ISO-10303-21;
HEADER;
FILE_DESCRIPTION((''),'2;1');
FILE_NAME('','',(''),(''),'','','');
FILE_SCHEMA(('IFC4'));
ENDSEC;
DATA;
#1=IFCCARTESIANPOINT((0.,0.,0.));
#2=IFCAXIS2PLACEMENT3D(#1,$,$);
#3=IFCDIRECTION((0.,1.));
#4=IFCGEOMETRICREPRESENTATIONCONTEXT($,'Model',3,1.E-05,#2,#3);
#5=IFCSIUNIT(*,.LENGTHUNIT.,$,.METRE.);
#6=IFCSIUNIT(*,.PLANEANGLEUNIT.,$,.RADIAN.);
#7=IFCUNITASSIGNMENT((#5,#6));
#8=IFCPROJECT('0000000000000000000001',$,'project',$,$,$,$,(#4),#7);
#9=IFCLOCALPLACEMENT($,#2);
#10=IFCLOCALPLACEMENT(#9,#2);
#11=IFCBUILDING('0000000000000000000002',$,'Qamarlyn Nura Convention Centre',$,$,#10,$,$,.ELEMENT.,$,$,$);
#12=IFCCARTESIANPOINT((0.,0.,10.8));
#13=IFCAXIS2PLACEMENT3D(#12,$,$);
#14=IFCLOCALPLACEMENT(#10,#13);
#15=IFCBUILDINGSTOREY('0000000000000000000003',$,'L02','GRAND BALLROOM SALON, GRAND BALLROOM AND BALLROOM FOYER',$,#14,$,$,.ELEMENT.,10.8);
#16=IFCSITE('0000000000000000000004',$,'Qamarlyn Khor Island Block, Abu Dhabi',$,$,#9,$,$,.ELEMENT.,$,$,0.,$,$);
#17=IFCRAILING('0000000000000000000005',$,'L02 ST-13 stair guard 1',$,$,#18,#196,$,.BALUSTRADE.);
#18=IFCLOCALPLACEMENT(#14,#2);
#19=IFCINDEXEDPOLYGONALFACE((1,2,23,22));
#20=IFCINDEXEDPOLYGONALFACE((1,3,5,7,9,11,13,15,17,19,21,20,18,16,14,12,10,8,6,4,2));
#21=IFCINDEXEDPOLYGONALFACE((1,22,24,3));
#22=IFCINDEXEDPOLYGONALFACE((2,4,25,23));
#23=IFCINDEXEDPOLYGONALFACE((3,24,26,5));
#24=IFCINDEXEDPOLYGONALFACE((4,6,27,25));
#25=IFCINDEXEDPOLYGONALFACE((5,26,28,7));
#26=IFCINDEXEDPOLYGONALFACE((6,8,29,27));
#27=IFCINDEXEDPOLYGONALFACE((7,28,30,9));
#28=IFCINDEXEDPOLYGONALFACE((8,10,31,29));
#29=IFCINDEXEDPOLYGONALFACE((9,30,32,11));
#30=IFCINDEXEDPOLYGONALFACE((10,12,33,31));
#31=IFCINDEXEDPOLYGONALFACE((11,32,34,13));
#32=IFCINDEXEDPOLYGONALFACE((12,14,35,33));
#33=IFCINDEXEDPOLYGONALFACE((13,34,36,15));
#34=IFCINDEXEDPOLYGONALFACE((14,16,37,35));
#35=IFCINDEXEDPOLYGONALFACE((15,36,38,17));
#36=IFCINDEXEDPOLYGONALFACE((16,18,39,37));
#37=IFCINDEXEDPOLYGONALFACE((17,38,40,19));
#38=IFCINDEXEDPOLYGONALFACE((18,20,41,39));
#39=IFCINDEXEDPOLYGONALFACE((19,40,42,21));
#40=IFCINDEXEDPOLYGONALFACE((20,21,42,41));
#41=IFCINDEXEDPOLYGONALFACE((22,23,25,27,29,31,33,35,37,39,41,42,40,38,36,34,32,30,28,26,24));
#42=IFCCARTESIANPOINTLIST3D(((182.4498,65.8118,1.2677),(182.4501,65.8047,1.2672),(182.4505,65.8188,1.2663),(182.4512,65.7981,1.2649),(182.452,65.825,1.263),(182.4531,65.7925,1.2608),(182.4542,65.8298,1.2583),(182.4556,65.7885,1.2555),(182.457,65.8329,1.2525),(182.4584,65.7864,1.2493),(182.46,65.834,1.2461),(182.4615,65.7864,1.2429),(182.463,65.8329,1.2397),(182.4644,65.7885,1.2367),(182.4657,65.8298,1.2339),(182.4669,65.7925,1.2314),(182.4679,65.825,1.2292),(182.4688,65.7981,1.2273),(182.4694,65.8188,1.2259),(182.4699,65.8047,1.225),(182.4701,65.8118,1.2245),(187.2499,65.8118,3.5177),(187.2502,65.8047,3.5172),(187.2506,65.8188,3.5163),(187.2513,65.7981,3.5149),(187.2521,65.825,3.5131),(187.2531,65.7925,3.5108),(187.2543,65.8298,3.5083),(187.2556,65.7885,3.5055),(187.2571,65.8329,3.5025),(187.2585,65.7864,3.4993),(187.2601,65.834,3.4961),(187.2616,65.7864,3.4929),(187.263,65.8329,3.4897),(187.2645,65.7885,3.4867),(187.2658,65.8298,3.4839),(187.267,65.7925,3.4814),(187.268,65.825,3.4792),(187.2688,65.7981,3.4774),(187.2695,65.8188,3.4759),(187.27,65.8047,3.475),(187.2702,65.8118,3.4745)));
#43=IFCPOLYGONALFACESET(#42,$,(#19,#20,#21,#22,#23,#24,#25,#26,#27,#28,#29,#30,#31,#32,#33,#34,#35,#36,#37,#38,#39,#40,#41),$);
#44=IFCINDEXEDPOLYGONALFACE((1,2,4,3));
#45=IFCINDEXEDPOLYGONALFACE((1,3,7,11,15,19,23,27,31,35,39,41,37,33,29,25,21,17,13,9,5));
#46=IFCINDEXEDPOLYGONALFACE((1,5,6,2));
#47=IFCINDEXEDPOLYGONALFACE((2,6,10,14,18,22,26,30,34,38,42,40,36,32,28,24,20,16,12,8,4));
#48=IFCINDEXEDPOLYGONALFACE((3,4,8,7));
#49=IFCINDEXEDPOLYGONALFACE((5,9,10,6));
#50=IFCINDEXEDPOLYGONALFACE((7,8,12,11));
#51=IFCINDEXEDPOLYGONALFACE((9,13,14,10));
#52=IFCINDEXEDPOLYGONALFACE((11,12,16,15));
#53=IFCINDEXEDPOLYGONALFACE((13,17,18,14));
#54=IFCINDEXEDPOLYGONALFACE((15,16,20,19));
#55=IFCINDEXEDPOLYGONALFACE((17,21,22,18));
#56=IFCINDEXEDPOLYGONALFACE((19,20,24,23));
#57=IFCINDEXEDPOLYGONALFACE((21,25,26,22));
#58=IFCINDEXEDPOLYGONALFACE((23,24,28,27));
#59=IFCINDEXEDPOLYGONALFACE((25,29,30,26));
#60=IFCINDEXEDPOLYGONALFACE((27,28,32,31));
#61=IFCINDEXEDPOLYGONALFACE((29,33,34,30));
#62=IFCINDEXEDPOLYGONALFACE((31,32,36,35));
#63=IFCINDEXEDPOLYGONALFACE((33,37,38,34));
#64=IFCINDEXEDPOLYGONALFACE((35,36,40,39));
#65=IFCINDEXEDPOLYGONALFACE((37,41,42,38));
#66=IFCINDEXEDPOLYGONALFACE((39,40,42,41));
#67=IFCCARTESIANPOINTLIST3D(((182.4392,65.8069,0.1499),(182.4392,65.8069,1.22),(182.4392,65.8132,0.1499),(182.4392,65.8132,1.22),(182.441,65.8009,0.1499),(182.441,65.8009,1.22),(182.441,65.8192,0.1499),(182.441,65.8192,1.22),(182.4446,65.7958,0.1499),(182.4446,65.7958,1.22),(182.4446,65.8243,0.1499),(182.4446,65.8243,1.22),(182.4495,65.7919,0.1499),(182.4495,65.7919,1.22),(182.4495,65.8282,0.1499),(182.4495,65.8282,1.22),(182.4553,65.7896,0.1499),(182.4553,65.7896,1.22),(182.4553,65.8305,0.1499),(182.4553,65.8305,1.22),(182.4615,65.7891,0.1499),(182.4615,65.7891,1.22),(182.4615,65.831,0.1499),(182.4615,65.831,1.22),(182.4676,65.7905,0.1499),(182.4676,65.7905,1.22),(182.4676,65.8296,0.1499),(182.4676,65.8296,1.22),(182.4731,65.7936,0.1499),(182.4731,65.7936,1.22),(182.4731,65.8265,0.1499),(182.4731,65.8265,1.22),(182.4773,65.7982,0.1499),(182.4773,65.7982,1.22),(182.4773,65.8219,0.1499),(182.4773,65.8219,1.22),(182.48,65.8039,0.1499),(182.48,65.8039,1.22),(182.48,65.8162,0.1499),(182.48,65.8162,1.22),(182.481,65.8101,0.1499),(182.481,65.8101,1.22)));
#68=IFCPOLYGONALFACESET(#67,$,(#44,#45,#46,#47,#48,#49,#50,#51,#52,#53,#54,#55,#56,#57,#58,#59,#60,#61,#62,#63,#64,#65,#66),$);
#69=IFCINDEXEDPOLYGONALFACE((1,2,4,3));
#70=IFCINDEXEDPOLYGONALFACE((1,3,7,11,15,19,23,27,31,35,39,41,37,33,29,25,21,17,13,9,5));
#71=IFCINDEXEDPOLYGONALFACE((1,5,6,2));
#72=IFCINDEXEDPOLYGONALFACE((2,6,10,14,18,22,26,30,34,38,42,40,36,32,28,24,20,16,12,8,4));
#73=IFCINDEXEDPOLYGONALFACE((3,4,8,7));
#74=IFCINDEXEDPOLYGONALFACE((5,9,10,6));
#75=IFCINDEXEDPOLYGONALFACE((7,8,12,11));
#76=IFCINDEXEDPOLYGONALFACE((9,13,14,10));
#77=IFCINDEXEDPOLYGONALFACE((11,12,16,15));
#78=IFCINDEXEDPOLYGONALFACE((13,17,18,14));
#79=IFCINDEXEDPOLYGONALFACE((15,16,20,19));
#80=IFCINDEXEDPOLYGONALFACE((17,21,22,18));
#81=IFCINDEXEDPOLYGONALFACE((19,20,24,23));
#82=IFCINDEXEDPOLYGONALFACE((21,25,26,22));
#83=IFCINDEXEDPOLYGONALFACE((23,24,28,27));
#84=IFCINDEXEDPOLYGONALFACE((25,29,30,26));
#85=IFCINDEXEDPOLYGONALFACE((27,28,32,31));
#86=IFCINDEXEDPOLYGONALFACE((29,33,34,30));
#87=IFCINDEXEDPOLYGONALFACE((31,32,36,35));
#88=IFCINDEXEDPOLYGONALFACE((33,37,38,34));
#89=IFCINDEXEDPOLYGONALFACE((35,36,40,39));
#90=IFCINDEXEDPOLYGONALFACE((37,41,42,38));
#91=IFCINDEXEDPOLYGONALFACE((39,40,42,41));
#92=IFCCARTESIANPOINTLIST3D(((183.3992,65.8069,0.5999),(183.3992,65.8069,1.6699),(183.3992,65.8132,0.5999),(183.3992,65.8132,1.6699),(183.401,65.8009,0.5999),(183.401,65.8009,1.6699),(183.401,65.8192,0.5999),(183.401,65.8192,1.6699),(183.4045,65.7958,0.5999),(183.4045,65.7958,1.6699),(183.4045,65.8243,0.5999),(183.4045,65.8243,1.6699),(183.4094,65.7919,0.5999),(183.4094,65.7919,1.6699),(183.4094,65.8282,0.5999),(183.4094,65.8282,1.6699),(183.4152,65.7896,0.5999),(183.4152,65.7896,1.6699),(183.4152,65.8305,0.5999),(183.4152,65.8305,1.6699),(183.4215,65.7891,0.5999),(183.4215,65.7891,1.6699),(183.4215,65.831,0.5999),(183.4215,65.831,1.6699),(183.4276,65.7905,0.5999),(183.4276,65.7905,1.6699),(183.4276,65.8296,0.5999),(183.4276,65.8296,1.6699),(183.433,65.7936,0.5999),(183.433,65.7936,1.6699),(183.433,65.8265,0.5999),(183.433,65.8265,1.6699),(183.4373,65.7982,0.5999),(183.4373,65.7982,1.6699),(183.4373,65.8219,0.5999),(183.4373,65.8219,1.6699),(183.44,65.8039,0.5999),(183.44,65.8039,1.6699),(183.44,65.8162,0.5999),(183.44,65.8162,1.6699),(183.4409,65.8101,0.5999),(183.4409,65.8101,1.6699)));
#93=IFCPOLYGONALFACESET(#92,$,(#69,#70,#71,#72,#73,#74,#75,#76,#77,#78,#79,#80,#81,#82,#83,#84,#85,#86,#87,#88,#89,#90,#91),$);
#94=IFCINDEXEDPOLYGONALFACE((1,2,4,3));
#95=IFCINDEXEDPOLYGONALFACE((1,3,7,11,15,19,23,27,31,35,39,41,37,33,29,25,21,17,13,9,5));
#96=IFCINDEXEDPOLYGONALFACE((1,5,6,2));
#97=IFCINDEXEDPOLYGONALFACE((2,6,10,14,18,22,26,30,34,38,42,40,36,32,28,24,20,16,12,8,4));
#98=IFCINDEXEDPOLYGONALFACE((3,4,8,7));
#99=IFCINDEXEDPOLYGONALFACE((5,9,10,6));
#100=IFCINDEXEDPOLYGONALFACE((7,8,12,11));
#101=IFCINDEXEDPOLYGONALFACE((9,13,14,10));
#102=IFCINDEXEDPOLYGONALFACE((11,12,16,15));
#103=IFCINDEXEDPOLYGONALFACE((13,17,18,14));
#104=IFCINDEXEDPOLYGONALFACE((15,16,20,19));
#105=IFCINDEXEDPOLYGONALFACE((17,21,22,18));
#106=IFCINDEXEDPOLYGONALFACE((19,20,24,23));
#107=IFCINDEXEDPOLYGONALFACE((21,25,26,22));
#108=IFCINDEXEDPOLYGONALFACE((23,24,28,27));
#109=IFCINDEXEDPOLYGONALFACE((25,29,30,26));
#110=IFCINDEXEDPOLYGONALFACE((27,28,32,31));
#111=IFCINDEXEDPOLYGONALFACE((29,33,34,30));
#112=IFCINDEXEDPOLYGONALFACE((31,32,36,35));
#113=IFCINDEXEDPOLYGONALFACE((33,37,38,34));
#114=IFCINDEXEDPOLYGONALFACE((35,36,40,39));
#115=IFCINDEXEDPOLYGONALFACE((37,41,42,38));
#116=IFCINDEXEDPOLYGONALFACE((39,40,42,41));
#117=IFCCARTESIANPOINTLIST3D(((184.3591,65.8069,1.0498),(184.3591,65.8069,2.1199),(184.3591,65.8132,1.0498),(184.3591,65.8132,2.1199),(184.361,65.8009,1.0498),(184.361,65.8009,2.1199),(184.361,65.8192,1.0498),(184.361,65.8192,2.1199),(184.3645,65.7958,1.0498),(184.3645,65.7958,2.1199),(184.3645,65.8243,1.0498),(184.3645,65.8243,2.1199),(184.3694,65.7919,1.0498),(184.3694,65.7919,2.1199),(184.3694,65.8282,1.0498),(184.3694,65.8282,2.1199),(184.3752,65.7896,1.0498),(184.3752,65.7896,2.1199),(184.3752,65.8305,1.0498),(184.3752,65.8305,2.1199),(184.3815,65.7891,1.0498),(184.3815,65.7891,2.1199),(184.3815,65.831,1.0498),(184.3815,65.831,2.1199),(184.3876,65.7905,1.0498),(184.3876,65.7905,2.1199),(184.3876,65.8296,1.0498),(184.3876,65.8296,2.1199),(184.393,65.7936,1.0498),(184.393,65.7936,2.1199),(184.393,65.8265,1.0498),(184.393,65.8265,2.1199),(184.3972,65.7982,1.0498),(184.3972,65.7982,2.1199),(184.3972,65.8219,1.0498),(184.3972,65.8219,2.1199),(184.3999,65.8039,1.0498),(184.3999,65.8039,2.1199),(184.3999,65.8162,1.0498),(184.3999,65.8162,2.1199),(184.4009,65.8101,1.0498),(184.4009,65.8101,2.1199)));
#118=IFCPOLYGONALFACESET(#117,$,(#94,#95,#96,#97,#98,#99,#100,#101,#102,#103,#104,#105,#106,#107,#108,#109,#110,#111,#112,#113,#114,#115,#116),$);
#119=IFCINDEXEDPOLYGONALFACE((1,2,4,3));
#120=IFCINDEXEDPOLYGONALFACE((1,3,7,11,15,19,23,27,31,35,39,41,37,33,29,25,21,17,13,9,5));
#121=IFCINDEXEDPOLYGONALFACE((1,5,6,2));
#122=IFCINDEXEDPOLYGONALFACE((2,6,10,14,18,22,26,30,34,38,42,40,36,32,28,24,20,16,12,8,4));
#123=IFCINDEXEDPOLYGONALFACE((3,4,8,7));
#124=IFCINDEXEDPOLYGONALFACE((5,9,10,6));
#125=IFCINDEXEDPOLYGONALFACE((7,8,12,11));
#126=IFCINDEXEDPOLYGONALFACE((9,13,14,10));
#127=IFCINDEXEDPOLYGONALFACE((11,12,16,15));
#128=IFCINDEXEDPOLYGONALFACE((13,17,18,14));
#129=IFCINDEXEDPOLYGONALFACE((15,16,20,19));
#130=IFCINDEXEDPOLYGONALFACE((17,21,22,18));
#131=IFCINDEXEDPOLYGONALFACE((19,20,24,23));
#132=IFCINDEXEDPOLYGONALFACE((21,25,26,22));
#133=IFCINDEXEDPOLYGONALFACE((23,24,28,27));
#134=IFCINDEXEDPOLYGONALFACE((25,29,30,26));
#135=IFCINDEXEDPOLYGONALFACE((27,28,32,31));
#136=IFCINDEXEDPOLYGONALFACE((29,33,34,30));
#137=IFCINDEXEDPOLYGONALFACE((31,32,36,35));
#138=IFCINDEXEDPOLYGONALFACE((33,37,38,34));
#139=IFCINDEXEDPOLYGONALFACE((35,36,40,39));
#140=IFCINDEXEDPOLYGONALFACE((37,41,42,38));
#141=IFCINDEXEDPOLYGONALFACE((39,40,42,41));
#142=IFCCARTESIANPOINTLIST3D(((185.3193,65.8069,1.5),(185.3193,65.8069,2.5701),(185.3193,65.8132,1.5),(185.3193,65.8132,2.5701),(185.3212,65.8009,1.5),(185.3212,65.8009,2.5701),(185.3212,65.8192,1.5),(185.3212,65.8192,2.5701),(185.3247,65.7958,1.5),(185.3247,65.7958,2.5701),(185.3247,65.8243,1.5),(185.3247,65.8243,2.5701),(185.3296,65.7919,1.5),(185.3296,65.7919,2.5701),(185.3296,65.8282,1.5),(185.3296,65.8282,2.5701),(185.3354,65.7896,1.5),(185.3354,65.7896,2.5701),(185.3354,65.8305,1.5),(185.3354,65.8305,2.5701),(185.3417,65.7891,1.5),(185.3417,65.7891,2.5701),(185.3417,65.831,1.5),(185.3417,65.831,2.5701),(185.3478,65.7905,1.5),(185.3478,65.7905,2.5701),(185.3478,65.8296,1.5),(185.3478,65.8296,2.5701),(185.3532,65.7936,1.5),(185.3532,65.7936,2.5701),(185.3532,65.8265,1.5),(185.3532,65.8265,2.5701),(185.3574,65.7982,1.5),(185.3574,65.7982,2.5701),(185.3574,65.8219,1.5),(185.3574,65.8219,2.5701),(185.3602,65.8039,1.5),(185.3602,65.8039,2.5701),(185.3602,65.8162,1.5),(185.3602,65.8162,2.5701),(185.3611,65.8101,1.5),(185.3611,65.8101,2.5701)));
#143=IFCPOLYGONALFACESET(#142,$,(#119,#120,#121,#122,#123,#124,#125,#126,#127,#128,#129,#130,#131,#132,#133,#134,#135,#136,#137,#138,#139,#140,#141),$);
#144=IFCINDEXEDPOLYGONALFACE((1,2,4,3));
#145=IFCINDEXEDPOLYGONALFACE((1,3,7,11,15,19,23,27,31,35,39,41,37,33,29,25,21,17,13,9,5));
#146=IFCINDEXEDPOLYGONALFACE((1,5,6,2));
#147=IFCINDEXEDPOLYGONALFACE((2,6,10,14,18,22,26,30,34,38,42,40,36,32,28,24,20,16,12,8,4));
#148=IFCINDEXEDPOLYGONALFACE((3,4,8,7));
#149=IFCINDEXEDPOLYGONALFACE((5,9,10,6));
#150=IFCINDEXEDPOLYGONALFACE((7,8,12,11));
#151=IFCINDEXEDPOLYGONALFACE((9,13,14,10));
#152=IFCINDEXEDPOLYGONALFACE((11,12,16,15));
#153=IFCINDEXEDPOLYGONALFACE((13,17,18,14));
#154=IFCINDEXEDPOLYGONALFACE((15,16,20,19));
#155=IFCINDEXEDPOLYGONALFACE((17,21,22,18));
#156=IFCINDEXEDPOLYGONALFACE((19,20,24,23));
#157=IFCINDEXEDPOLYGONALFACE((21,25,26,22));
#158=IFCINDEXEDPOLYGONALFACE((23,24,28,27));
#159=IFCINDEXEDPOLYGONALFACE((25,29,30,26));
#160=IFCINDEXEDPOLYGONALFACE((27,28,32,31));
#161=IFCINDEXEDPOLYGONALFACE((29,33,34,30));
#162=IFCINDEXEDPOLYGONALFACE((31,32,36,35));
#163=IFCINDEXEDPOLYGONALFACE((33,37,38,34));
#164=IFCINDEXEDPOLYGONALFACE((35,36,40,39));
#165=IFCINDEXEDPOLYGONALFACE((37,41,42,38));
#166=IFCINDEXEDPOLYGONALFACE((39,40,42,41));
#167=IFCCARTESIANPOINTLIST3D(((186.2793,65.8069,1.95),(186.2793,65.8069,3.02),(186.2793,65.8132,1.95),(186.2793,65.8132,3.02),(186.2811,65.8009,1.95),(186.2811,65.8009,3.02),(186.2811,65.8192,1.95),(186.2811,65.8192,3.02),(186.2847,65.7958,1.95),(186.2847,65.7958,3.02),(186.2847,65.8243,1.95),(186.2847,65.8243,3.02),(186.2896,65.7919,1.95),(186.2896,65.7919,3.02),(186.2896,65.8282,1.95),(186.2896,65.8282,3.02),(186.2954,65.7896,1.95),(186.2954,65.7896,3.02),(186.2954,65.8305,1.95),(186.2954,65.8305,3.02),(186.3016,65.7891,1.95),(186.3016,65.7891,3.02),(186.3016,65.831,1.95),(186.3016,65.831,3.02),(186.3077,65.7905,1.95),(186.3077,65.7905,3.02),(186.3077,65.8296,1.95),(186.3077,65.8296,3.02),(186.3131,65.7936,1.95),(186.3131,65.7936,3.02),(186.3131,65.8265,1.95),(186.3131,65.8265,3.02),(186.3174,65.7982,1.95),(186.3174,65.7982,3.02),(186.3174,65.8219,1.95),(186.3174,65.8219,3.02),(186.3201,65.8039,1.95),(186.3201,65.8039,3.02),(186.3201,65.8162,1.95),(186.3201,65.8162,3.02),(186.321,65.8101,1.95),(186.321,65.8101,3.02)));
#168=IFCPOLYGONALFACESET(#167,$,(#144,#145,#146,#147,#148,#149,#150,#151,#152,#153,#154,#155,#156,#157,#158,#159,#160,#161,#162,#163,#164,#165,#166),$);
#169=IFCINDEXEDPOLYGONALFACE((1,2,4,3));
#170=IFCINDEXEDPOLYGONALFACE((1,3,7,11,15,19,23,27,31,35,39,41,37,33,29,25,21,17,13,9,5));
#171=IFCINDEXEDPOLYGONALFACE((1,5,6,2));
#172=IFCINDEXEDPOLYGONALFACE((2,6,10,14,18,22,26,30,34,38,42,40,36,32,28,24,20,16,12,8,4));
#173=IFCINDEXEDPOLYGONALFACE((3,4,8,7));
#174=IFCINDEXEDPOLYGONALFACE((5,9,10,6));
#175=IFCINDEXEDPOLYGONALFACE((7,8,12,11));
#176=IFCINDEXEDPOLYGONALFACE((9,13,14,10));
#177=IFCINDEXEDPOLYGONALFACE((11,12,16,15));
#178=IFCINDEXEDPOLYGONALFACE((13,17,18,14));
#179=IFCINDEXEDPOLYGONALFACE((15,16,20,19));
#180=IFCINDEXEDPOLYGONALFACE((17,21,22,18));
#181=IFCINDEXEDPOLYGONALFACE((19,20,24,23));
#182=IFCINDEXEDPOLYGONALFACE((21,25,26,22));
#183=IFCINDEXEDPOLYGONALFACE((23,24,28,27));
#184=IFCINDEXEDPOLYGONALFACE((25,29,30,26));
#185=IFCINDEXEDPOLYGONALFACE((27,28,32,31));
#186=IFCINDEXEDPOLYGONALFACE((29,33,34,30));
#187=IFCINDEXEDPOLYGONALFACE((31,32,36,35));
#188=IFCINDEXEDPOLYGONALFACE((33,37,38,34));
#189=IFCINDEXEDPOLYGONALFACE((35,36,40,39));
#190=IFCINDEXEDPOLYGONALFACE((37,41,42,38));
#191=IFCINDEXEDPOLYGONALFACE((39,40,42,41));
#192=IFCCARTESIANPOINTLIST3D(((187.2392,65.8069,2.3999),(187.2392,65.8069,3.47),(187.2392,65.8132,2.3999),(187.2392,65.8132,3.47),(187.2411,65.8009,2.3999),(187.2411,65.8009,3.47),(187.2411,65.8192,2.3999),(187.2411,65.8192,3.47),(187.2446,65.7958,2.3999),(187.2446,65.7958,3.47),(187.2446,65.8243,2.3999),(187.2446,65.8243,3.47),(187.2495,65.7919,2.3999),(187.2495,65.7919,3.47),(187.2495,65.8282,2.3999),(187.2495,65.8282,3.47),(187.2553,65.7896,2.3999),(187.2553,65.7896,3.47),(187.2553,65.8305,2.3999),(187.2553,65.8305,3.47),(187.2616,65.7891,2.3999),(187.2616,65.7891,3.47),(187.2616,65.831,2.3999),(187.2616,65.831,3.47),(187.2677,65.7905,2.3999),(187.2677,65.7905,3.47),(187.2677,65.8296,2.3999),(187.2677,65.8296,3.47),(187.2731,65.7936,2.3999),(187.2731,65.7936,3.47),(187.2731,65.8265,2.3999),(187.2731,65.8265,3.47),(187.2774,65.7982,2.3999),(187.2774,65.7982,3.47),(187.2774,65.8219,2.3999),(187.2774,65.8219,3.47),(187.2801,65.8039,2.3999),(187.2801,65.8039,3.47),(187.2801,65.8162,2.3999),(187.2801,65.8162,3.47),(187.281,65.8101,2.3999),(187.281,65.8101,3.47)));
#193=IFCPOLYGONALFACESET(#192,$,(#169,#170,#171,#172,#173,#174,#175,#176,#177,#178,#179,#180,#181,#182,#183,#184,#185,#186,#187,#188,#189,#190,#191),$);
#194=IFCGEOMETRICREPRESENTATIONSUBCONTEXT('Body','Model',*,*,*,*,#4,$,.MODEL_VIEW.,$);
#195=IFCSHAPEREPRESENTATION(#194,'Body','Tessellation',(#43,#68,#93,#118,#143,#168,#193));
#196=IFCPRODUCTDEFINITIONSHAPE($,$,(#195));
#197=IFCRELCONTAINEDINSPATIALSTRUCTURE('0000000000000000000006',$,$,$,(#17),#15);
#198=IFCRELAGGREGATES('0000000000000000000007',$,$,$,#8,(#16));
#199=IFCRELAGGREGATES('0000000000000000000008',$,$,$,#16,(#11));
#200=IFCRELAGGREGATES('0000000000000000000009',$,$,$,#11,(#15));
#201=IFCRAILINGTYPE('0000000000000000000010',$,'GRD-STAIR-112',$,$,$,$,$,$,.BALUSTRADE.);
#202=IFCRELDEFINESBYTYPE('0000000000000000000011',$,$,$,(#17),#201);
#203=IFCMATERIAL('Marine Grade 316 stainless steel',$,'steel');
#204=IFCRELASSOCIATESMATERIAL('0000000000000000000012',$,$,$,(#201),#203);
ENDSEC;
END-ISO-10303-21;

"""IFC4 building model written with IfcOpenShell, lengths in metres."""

from ifc_helpers import new_model, si_unit, direction, frame, origin, origin_2d, place, context, subcontext, project, spatial, circle, extrude, material, type_object, element, save


model = new_model("IFC4")

# Units and contexts
model_context = context("Model", 3, precision=1e-05, world=origin(), true_north=direction((0.0, 1.0)))
body_context = subcontext(model_context, "Body", "Model", "MODEL_VIEW")
ifc_project = project(units=[si_unit("LENGTHUNIT", "METRE"), si_unit("PLANEANGLEUNIT", "RADIAN")], contexts=[model_context])

# Site, building, storey
site_placement = place(None, origin())
site = spatial("IfcSite", under=ifc_project, at=site_placement, Name="Qamarlyn Khor Island Block, Abu Dhabi", CompositionType="ELEMENT", RefElevation=0.0)
building_placement = place(site_placement, origin())
building = spatial("IfcBuilding", under=site, at=building_placement, Name="Qamarlyn Nura Convention Centre", CompositionType="ELEMENT")
storey_placement = place(building_placement, frame((0.0, 0.0, 10.8)))
storey = spatial("IfcBuildingStorey", under=building, at=storey_placement, Name="L02", Description="GRAND BALLROOM SALON, GRAND BALLROOM AND BALLROOM FOYER", CompositionType="ELEMENT", Elevation=10.8)

# Shared definitions
ifc_material_1 = material(Name="Marine Grade 316 stainless steel", Category="steel")

# Railing
railing_type_1 = type_object("IfcRailingType", Name="GRD-STAIR-112", PredefinedType="BALUSTRADE", material=ifc_material_1)
railing_1_placement = place(storey_placement, frame((182.46, 65.8101, 0.1499)))
element("IfcRailing", 1, at=railing_1_placement, inside=storey, type_object=railing_type_1, Name="L02 ST-13 stair guard 1", PredefinedType="BALUSTRADE", context=body_context, shape_type="SweptSolid", body=[
    extrude(circle(Radius=0.0239, at=origin_2d()), frame((0.0, 0.0, 1.0962), z_axis=(0.905461, 0.0, 0.42443), x_axis=(0.0, 1.0, 0.0)), (0.0, 0.0, 1.0), 5.3013),
    extrude(circle(Radius=0.021, at=origin_2d()), origin(), (0.0, 0.0, 1.0), 1.0701),
    extrude(circle(Radius=0.021, at=origin_2d()), frame((0.96, 0.0, 0.45)), (0.0, 0.0, 1.0), 1.0701),
    extrude(circle(Radius=0.021, at=origin_2d()), frame((1.9199, 0.0, 0.8999)), (0.0, 0.0, 1.0), 1.0701),
    extrude(circle(Radius=0.021, at=origin_2d()), frame((2.8801, 0.0, 1.3501)), (0.0, 0.0, 1.0), 1.0701),
    extrude(circle(Radius=0.021, at=origin_2d()), frame((3.8401, 0.0, 1.8)), (0.0, 0.0, 1.0), 1.0701),
    extrude(circle(Radius=0.021, at=origin_2d()), frame((4.8, 0.0, 2.25)), (0.0, 0.0, 1.0), 1.0701),
])

save(model, "model.ifc")
